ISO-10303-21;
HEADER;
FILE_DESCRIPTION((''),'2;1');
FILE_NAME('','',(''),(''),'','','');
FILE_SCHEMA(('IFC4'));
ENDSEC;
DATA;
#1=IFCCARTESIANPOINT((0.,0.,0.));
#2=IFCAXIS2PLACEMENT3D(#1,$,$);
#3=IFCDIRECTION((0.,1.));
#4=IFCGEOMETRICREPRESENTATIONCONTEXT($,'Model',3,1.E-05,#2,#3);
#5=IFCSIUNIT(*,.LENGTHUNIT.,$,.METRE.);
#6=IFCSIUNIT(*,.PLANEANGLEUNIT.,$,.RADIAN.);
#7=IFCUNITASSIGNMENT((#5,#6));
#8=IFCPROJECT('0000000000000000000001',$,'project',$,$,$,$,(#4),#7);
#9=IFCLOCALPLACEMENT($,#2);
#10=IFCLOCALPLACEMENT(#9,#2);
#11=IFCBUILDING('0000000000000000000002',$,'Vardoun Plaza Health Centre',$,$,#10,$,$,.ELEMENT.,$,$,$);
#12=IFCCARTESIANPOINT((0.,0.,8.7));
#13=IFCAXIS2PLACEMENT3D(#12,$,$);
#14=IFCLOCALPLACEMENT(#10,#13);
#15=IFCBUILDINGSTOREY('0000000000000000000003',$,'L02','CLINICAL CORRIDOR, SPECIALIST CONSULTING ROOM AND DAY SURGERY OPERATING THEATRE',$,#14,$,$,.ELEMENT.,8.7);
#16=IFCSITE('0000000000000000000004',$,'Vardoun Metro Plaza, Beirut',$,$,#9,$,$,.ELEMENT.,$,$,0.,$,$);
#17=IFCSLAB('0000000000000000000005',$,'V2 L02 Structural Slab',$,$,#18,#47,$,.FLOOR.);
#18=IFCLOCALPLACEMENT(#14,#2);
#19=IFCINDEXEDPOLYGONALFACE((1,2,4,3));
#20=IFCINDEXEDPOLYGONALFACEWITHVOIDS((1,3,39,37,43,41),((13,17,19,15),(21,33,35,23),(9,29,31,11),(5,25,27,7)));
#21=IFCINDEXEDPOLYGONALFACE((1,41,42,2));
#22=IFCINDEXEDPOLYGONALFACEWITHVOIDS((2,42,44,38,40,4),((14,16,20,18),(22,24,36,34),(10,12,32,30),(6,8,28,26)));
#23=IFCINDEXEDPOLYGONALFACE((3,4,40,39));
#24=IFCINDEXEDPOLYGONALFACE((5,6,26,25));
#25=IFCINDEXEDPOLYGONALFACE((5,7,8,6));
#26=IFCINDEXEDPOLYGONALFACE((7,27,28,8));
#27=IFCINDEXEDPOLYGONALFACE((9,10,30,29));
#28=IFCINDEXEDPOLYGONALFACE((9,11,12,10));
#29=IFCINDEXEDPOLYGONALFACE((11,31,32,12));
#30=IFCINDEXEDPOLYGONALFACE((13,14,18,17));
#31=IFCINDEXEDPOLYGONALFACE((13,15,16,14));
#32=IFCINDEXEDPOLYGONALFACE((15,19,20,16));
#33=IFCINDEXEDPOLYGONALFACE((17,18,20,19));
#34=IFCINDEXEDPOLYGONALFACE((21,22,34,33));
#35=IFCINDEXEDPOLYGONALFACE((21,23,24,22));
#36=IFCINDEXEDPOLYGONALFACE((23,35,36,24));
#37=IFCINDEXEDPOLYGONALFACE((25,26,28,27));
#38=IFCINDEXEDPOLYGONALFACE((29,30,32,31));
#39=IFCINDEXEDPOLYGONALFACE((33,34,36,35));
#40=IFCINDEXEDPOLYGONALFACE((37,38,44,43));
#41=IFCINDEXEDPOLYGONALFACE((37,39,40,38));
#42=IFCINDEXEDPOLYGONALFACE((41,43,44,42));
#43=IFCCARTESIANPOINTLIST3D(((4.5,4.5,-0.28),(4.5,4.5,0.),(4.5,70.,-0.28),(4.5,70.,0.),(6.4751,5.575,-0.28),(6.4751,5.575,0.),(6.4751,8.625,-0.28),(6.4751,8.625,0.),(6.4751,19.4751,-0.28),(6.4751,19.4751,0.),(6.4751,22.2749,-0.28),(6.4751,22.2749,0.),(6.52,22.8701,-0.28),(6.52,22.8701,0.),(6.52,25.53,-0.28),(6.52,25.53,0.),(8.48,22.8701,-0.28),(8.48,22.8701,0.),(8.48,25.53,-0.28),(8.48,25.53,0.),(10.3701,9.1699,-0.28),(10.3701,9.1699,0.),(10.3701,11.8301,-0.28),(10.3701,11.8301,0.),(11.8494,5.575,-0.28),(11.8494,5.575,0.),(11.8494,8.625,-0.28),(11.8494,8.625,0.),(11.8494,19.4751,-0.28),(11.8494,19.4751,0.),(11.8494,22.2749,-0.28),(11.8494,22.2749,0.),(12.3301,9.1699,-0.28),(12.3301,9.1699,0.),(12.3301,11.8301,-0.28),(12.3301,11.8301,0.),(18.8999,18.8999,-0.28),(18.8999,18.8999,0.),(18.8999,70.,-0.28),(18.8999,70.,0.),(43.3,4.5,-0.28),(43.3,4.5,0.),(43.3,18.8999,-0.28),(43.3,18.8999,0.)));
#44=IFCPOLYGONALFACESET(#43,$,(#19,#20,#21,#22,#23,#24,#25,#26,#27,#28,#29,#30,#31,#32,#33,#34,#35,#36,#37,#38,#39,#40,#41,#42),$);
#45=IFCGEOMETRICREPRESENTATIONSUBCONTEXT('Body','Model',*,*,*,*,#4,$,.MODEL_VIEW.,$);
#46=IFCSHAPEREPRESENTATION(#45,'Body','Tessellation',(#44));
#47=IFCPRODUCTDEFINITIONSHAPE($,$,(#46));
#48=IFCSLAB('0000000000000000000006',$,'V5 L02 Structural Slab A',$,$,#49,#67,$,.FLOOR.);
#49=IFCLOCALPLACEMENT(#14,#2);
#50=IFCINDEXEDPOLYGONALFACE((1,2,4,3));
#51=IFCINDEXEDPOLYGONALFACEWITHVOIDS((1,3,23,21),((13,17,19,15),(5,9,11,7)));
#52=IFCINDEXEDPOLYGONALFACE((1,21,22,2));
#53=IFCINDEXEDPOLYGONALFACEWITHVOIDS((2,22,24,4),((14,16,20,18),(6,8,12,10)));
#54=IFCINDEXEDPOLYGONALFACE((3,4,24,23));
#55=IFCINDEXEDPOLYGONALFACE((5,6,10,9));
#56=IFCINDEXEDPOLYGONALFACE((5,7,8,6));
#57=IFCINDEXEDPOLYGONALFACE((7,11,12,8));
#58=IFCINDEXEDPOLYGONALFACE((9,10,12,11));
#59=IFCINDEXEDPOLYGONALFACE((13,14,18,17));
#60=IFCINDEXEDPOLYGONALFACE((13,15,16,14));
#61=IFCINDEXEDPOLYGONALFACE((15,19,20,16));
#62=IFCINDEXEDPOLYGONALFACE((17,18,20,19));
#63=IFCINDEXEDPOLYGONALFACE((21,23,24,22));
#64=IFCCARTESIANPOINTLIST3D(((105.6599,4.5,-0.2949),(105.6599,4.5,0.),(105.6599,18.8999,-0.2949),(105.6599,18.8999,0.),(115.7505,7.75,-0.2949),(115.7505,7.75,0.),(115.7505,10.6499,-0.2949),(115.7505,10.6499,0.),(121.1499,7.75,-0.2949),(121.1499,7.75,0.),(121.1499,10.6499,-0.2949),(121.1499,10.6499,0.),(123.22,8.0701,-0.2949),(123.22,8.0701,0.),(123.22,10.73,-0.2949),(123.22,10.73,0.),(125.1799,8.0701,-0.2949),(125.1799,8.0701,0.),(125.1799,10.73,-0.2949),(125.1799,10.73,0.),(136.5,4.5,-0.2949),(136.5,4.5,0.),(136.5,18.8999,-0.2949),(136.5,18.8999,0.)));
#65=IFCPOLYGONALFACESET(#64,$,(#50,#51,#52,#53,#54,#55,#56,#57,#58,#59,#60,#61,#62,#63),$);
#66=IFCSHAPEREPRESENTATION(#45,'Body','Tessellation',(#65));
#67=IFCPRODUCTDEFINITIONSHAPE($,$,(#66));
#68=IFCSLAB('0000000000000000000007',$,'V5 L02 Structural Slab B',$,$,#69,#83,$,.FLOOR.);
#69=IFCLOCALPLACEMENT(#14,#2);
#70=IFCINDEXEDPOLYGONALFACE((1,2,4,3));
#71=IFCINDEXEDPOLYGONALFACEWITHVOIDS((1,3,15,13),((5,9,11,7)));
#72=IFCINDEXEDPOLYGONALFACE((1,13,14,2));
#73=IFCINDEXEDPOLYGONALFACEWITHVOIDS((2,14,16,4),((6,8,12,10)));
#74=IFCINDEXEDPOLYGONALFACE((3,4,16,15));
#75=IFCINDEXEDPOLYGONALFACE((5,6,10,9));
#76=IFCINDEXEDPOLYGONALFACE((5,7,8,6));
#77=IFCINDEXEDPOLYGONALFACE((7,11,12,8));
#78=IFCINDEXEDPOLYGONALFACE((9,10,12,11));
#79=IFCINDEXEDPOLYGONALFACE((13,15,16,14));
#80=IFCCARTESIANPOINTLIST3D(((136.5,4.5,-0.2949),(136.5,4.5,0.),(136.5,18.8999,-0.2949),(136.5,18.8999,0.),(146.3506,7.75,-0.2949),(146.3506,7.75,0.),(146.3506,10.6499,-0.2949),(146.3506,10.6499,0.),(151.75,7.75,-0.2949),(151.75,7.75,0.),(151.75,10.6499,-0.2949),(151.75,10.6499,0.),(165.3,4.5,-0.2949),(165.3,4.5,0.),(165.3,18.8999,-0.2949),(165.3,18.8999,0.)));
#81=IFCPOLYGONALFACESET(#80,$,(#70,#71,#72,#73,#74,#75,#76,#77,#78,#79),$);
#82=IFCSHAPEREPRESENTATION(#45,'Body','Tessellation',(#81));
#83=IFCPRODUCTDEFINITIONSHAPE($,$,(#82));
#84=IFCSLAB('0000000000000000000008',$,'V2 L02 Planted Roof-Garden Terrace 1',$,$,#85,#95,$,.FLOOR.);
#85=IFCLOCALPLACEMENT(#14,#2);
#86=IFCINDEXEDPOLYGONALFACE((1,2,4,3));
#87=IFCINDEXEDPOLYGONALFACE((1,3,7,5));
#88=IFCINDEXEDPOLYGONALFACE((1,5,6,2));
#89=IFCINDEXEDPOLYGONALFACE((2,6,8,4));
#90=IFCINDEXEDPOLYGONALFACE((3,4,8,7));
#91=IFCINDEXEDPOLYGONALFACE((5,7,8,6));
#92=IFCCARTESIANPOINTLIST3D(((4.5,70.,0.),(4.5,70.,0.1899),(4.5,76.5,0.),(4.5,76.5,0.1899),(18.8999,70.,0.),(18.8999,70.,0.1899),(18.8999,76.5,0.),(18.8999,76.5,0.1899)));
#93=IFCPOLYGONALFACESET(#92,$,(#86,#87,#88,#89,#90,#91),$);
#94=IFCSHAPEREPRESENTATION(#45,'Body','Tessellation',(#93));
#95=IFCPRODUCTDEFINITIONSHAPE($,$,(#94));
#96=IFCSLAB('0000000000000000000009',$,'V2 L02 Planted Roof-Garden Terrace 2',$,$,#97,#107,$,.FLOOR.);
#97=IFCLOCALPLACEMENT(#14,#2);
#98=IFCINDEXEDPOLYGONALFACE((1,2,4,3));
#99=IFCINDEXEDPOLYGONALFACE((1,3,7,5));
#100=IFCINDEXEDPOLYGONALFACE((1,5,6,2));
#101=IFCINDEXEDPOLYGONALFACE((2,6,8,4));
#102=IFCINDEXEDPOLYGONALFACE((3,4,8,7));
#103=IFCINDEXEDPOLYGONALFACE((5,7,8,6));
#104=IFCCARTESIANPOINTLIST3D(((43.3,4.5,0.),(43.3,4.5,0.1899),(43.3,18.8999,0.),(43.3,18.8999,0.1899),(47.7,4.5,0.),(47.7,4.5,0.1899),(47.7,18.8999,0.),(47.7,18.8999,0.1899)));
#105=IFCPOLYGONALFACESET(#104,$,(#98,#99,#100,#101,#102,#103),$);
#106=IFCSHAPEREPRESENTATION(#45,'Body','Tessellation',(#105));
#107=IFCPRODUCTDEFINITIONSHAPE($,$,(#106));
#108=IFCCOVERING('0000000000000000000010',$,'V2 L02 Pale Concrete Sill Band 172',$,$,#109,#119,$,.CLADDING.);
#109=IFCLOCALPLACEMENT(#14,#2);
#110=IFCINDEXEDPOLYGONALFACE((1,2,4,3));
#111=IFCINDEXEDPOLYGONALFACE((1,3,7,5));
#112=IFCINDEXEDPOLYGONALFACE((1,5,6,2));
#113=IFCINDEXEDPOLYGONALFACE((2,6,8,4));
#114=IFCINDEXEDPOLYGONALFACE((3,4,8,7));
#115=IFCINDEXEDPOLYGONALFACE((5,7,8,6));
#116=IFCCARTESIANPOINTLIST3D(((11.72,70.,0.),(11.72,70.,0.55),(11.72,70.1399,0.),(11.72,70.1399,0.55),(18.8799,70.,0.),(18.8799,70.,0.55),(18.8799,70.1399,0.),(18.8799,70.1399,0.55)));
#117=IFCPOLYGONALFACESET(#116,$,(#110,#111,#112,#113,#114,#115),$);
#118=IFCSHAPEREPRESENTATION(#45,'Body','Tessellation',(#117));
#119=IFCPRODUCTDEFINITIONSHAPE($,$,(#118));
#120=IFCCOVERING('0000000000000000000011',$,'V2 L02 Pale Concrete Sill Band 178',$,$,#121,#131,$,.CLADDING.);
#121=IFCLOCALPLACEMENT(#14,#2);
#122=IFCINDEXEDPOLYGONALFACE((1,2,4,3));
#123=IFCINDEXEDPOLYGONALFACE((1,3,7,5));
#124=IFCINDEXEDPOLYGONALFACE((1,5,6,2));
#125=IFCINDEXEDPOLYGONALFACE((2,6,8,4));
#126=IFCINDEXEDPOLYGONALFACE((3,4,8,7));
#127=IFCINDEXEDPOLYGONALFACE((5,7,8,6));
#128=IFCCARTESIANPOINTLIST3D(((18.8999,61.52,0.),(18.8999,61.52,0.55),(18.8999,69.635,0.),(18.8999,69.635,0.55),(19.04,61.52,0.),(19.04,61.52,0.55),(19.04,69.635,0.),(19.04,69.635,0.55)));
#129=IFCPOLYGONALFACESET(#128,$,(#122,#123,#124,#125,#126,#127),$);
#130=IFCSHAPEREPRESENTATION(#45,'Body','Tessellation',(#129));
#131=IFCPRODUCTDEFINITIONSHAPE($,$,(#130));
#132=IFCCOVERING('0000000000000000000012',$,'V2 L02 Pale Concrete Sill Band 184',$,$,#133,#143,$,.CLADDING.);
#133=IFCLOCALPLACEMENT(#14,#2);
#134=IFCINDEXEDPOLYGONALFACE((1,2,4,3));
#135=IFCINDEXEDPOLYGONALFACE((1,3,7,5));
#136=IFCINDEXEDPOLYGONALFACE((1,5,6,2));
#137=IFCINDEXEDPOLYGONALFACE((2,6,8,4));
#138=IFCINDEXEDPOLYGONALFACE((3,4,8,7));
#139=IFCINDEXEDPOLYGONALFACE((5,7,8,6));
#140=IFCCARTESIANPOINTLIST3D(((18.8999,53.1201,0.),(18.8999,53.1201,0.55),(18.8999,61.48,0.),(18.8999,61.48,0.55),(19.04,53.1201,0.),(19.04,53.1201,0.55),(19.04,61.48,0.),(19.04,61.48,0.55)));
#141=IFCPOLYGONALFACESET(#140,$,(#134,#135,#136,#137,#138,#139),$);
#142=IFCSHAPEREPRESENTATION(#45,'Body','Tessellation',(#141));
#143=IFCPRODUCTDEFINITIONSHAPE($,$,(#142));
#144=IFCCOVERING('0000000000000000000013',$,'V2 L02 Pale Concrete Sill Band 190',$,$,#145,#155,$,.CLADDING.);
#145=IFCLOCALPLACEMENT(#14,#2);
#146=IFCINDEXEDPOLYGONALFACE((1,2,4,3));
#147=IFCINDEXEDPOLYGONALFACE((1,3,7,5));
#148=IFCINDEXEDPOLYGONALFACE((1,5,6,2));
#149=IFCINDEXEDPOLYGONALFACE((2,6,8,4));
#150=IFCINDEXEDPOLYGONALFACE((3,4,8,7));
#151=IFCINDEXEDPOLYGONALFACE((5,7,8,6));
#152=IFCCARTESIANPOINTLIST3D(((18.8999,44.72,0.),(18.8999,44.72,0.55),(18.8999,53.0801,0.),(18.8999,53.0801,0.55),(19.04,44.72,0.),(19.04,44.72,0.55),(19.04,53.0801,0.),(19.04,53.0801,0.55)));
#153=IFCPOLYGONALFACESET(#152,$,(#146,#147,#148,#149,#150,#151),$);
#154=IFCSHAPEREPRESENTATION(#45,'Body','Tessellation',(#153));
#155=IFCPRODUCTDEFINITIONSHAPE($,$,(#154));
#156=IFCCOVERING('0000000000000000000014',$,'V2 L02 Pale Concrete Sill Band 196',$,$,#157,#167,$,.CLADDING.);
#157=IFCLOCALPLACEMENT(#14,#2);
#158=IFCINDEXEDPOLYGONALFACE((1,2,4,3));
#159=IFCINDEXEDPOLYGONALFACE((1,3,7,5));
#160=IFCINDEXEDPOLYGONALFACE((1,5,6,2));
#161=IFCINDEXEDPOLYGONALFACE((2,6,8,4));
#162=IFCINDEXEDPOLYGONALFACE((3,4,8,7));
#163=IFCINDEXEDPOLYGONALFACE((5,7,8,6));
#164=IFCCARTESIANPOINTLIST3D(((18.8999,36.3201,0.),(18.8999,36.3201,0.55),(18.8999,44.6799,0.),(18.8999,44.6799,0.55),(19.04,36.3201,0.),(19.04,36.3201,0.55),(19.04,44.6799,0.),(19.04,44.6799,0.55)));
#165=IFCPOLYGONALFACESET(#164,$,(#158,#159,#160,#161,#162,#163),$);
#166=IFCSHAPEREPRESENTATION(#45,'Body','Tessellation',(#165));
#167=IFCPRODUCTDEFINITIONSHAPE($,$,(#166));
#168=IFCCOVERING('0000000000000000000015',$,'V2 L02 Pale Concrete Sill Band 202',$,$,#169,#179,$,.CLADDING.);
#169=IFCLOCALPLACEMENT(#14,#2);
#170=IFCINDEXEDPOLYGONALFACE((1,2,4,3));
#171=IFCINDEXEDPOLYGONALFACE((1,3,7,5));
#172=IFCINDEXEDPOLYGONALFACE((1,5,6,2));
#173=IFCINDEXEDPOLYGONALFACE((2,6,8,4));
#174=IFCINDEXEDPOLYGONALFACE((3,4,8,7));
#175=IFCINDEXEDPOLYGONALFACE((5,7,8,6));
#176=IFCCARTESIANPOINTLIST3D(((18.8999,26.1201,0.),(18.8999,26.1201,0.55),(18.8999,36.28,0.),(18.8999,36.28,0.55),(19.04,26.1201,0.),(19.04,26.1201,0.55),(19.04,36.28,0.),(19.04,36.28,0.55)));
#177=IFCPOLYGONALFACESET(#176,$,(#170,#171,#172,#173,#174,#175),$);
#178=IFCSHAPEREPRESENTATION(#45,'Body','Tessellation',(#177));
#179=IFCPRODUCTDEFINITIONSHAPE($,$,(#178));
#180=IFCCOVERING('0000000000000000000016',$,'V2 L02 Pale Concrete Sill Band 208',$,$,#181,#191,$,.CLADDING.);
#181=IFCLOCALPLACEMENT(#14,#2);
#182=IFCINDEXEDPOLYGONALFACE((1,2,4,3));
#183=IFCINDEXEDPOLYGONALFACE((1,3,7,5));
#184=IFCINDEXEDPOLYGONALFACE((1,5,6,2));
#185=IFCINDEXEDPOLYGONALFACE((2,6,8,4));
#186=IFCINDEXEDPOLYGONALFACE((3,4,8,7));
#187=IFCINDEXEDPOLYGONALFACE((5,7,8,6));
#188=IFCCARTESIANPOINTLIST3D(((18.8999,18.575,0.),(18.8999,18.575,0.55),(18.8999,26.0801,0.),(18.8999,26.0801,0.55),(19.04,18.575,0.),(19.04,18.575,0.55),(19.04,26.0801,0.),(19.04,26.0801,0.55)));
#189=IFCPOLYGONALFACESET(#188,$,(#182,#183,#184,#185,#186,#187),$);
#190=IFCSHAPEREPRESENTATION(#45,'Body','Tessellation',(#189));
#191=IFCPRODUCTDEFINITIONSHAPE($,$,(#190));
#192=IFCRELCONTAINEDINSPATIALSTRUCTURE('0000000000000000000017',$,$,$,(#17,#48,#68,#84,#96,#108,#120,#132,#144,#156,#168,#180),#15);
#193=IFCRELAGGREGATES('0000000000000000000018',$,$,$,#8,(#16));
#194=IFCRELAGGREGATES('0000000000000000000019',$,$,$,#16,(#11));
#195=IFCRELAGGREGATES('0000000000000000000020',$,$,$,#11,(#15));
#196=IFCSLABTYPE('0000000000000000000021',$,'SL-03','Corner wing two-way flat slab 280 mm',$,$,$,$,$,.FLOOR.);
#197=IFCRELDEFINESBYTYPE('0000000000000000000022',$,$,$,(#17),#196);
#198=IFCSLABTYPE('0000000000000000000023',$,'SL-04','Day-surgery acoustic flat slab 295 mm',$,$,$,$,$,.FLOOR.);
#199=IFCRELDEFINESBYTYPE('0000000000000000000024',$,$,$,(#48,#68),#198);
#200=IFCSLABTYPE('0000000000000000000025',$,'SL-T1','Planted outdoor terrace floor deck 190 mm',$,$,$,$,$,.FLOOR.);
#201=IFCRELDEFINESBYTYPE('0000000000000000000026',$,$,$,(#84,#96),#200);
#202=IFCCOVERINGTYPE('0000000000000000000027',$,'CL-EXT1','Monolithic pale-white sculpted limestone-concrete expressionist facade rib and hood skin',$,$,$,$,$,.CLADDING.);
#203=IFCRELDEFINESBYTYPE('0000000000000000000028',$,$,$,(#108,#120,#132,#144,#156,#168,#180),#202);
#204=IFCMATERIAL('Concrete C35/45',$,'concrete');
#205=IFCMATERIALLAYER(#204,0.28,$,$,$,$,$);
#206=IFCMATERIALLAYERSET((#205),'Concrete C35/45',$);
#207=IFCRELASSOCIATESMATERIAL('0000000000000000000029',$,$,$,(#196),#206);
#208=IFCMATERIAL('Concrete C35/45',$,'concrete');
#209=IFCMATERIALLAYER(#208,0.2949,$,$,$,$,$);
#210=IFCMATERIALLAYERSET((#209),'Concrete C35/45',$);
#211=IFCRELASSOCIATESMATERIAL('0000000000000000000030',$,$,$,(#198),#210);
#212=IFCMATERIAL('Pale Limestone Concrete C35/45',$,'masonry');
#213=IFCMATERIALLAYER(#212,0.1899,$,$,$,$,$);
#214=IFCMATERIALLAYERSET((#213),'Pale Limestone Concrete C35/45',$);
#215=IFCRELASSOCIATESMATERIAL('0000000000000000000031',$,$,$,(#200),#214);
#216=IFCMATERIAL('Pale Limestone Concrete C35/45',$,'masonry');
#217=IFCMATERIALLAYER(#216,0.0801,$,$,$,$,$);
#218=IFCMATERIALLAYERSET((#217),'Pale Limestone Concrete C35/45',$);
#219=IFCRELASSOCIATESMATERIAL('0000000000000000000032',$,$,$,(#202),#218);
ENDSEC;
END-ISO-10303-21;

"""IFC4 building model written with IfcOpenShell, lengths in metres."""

from ifc_helpers import new_model, si_unit, direction, frame, origin, place, context, subcontext, project, spatial, polyline, outline, extrude, material, layer, layer_set, type_object, element, save


model = new_model("IFC4")

# Units and contexts
model_context = context("Model", 3, precision=1e-05, world=origin(), true_north=direction((0.0, 1.0)))
body_context = subcontext(model_context, "Body", "Model", "MODEL_VIEW")
ifc_project = project(units=[si_unit("LENGTHUNIT", "METRE"), si_unit("PLANEANGLEUNIT", "RADIAN")], contexts=[model_context])

# Site, building, storey
site_placement = place(None, origin())
site = spatial("IfcSite", under=ifc_project, at=site_placement, Name="Vardoun Metro Plaza, Beirut", CompositionType="ELEMENT", RefElevation=0.0)
building_placement = place(site_placement, origin())
building = spatial("IfcBuilding", under=site, at=building_placement, Name="Vardoun Plaza Health Centre", CompositionType="ELEMENT")
storey_placement = place(building_placement, frame((0.0, 0.0, 8.7)))
storey = spatial("IfcBuildingStorey", under=building, at=storey_placement, Name="L02", Description="CLINICAL CORRIDOR, SPECIALIST CONSULTING ROOM AND DAY SURGERY OPERATING THEATRE", CompositionType="ELEMENT", Elevation=8.7)

# Slabs
ifc_material_1 = material(Name="Concrete C35/45", Category="concrete")
ifc_layer_1 = layer(ifc_material_1, 0.28)
ifc_layer_set_1 = layer_set([ifc_layer_1], Name="Concrete C35/45")
slab_type_1 = type_object("IfcSlabType", Name="SL-03", Description="Corner wing two-way flat slab 280 mm", PredefinedType="FLOOR", material=ifc_layer_set_1)
slab_1_placement = place(storey_placement, frame((0.0, 0.0, -0.28)))
element("IfcSlab", 1, at=slab_1_placement, inside=storey, type_object=slab_type_1, Name="V2 L02 Structural Slab", PredefinedType="FLOOR", context=body_context, shape_type="SweptSolid", body=[
    extrude(outline(polyline([(4.5, 4.5), (43.3, 4.5), (43.3, 18.8999), (18.8999, 18.8999), (18.8999, 70.0), (4.5, 70.0), (4.5, 4.5)]), holes=[polyline([(6.4751, 5.575), (11.8494, 5.575), (11.8494, 8.625), (6.4751, 8.625), (6.4751, 5.575)]), polyline([(10.3701, 9.1699), (12.3301, 9.1699), (12.3301, 11.8301), (10.3701, 11.8301), (10.3701, 9.1699)]), polyline([(6.4751, 19.4751), (11.8494, 19.4751), (11.8494, 22.2749), (6.4751, 22.2749), (6.4751, 19.4751)]), polyline([(6.52, 22.8701), (8.48, 22.8701), (8.48, 25.53), (6.52, 25.53), (6.52, 22.8701)])]), origin(), (0.0, 0.0, 1.0), 0.28),
])
ifc_material_2 = material(Name="Concrete C35/45", Category="concrete")
ifc_layer_2 = layer(ifc_material_2, 0.2949)
ifc_layer_set_2 = layer_set([ifc_layer_2], Name="Concrete C35/45")
slab_type_2 = type_object("IfcSlabType", Name="SL-04", Description="Day-surgery acoustic flat slab 295 mm", PredefinedType="FLOOR", material=ifc_layer_set_2)
slab_2_placement = place(storey_placement, frame((0.0, 0.0, -0.2949)))
element("IfcSlab", 2, at=slab_2_placement, inside=storey, type_object=slab_type_2, Name="V5 L02 Structural Slab A", PredefinedType="FLOOR", context=body_context, shape_type="SweptSolid", body=[
    extrude(outline(polyline([(105.6599, 4.5), (136.5, 4.5), (136.5, 18.8999), (105.6599, 18.8999), (105.6599, 4.5)]), holes=[polyline([(115.7505, 7.75), (121.1499, 7.75), (121.1499, 10.6499), (115.7505, 10.6499), (115.7505, 7.75)]), polyline([(123.22, 8.0701), (125.1799, 8.0701), (125.1799, 10.73), (123.22, 10.73), (123.22, 8.0701)])]), origin(), (0.0, 0.0, 1.0), 0.2949),
])
slab_3_placement = place(storey_placement, frame((0.0, 0.0, -0.2949)))
element("IfcSlab", 3, at=slab_3_placement, inside=storey, type_object=slab_type_2, Name="V5 L02 Structural Slab B", PredefinedType="FLOOR", context=body_context, shape_type="SweptSolid", body=[
    extrude(outline(polyline([(136.5, 4.5), (165.3, 4.5), (165.3, 18.8999), (136.5, 18.8999), (136.5, 4.5)]), holes=[polyline([(146.3506, 7.75), (151.75, 7.75), (151.75, 10.6499), (146.3506, 10.6499), (146.3506, 7.75)])]), origin(), (0.0, 0.0, 1.0), 0.2949),
])
ifc_material_3 = material(Name="Pale Limestone Concrete C35/45", Category="masonry")
ifc_layer_3 = layer(ifc_material_3, 0.1899)
ifc_layer_set_3 = layer_set([ifc_layer_3], Name="Pale Limestone Concrete C35/45")
slab_type_3 = type_object("IfcSlabType", Name="SL-T1", Description="Planted outdoor terrace floor deck 190 mm", PredefinedType="FLOOR", material=ifc_layer_set_3)
slab_4_placement = place(storey_placement, origin())
element("IfcSlab", 4, at=slab_4_placement, inside=storey, type_object=slab_type_3, Name="V2 L02 Planted Roof-Garden Terrace 1", PredefinedType="FLOOR", context=body_context, shape_type="SweptSolid", body=[
    extrude(outline(polyline([(4.5, 70.0), (18.8999, 70.0), (18.8999, 76.5), (4.5, 76.5), (4.5, 70.0)])), origin(), (0.0, 0.0, 1.0), 0.1899),
])
slab_5_placement = place(storey_placement, origin())
element("IfcSlab", 5, at=slab_5_placement, inside=storey, type_object=slab_type_3, Name="V2 L02 Planted Roof-Garden Terrace 2", PredefinedType="FLOOR", context=body_context, shape_type="SweptSolid", body=[
    extrude(outline(polyline([(43.3, 4.5), (47.7, 4.5), (47.7, 18.8999), (43.3, 18.8999), (43.3, 4.5)])), origin(), (0.0, 0.0, 1.0), 0.1899),
])

# Coverings
ifc_material_4 = material(Name="Pale Limestone Concrete C35/45", Category="masonry")
ifc_layer_4 = layer(ifc_material_4, 0.0801)
ifc_layer_set_4 = layer_set([ifc_layer_4], Name="Pale Limestone Concrete C35/45")
covering_type = type_object("IfcCoveringType", Name="CL-EXT1", Description="Monolithic pale-white sculpted limestone-concrete expressionist facade rib and hood skin", PredefinedType="CLADDING", material=ifc_layer_set_4)
covering_1_placement = place(storey_placement, origin())
element("IfcCovering", 6, at=covering_1_placement, inside=storey, type_object=covering_type, Name="V2 L02 Pale Concrete Sill Band 172", PredefinedType="CLADDING", context=body_context, shape_type="SweptSolid", body=[
    extrude(outline(polyline([(11.72, 70.0), (18.8799, 70.0), (18.8799, 70.1399), (11.72, 70.1399), (11.72, 70.0)])), origin(), (0.0, 0.0, 1.0), 0.55),
])
covering_2_placement = place(storey_placement, origin())
element("IfcCovering", 7, at=covering_2_placement, inside=storey, type_object=covering_type, Name="V2 L02 Pale Concrete Sill Band 178", PredefinedType="CLADDING", context=body_context, shape_type="SweptSolid", body=[
    extrude(outline(polyline([(18.8999, 69.635), (18.8999, 61.52), (19.04, 61.52), (19.04, 69.635), (18.8999, 69.635)])), origin(), (0.0, 0.0, 1.0), 0.55),
])
covering_3_placement = place(storey_placement, origin())
element("IfcCovering", 8, at=covering_3_placement, inside=storey, type_object=covering_type, Name="V2 L02 Pale Concrete Sill Band 184", PredefinedType="CLADDING", context=body_context, shape_type="SweptSolid", body=[
    extrude(outline(polyline([(18.8999, 61.48), (18.8999, 53.1201), (19.04, 53.1201), (19.04, 61.48), (18.8999, 61.48)])), origin(), (0.0, 0.0, 1.0), 0.55),
])
covering_4_placement = place(storey_placement, origin())
element("IfcCovering", 9, at=covering_4_placement, inside=storey, type_object=covering_type, Name="V2 L02 Pale Concrete Sill Band 190", PredefinedType="CLADDING", context=body_context, shape_type="SweptSolid", body=[
    extrude(outline(polyline([(18.8999, 53.0801), (18.8999, 44.72), (19.04, 44.72), (19.04, 53.0801), (18.8999, 53.0801)])), origin(), (0.0, 0.0, 1.0), 0.55),
])
covering_5_placement = place(storey_placement, origin())
element("IfcCovering", 10, at=covering_5_placement, inside=storey, type_object=covering_type, Name="V2 L02 Pale Concrete Sill Band 196", PredefinedType="CLADDING", context=body_context, shape_type="SweptSolid", body=[
    extrude(outline(polyline([(18.8999, 44.6799), (18.8999, 36.3201), (19.04, 36.3201), (19.04, 44.6799), (18.8999, 44.6799)])), origin(), (0.0, 0.0, 1.0), 0.55),
])
covering_6_placement = place(storey_placement, origin())
element("IfcCovering", 11, at=covering_6_placement, inside=storey, type_object=covering_type, Name="V2 L02 Pale Concrete Sill Band 202", PredefinedType="CLADDING", context=body_context, shape_type="SweptSolid", body=[
    extrude(outline(polyline([(18.8999, 36.28), (18.8999, 26.1201), (19.04, 26.1201), (19.04, 36.28), (18.8999, 36.28)])), origin(), (0.0, 0.0, 1.0), 0.55),
])
covering_7_placement = place(storey_placement, origin())
element("IfcCovering", 12, at=covering_7_placement, inside=storey, type_object=covering_type, Name="V2 L02 Pale Concrete Sill Band 208", PredefinedType="CLADDING", context=body_context, shape_type="SweptSolid", body=[
    extrude(outline(polyline([(18.8999, 26.0801), (18.8999, 18.575), (19.04, 18.575), (19.04, 26.0801), (18.8999, 26.0801)])), origin(), (0.0, 0.0, 1.0), 0.55),
])

save(model, "model.ifc")
